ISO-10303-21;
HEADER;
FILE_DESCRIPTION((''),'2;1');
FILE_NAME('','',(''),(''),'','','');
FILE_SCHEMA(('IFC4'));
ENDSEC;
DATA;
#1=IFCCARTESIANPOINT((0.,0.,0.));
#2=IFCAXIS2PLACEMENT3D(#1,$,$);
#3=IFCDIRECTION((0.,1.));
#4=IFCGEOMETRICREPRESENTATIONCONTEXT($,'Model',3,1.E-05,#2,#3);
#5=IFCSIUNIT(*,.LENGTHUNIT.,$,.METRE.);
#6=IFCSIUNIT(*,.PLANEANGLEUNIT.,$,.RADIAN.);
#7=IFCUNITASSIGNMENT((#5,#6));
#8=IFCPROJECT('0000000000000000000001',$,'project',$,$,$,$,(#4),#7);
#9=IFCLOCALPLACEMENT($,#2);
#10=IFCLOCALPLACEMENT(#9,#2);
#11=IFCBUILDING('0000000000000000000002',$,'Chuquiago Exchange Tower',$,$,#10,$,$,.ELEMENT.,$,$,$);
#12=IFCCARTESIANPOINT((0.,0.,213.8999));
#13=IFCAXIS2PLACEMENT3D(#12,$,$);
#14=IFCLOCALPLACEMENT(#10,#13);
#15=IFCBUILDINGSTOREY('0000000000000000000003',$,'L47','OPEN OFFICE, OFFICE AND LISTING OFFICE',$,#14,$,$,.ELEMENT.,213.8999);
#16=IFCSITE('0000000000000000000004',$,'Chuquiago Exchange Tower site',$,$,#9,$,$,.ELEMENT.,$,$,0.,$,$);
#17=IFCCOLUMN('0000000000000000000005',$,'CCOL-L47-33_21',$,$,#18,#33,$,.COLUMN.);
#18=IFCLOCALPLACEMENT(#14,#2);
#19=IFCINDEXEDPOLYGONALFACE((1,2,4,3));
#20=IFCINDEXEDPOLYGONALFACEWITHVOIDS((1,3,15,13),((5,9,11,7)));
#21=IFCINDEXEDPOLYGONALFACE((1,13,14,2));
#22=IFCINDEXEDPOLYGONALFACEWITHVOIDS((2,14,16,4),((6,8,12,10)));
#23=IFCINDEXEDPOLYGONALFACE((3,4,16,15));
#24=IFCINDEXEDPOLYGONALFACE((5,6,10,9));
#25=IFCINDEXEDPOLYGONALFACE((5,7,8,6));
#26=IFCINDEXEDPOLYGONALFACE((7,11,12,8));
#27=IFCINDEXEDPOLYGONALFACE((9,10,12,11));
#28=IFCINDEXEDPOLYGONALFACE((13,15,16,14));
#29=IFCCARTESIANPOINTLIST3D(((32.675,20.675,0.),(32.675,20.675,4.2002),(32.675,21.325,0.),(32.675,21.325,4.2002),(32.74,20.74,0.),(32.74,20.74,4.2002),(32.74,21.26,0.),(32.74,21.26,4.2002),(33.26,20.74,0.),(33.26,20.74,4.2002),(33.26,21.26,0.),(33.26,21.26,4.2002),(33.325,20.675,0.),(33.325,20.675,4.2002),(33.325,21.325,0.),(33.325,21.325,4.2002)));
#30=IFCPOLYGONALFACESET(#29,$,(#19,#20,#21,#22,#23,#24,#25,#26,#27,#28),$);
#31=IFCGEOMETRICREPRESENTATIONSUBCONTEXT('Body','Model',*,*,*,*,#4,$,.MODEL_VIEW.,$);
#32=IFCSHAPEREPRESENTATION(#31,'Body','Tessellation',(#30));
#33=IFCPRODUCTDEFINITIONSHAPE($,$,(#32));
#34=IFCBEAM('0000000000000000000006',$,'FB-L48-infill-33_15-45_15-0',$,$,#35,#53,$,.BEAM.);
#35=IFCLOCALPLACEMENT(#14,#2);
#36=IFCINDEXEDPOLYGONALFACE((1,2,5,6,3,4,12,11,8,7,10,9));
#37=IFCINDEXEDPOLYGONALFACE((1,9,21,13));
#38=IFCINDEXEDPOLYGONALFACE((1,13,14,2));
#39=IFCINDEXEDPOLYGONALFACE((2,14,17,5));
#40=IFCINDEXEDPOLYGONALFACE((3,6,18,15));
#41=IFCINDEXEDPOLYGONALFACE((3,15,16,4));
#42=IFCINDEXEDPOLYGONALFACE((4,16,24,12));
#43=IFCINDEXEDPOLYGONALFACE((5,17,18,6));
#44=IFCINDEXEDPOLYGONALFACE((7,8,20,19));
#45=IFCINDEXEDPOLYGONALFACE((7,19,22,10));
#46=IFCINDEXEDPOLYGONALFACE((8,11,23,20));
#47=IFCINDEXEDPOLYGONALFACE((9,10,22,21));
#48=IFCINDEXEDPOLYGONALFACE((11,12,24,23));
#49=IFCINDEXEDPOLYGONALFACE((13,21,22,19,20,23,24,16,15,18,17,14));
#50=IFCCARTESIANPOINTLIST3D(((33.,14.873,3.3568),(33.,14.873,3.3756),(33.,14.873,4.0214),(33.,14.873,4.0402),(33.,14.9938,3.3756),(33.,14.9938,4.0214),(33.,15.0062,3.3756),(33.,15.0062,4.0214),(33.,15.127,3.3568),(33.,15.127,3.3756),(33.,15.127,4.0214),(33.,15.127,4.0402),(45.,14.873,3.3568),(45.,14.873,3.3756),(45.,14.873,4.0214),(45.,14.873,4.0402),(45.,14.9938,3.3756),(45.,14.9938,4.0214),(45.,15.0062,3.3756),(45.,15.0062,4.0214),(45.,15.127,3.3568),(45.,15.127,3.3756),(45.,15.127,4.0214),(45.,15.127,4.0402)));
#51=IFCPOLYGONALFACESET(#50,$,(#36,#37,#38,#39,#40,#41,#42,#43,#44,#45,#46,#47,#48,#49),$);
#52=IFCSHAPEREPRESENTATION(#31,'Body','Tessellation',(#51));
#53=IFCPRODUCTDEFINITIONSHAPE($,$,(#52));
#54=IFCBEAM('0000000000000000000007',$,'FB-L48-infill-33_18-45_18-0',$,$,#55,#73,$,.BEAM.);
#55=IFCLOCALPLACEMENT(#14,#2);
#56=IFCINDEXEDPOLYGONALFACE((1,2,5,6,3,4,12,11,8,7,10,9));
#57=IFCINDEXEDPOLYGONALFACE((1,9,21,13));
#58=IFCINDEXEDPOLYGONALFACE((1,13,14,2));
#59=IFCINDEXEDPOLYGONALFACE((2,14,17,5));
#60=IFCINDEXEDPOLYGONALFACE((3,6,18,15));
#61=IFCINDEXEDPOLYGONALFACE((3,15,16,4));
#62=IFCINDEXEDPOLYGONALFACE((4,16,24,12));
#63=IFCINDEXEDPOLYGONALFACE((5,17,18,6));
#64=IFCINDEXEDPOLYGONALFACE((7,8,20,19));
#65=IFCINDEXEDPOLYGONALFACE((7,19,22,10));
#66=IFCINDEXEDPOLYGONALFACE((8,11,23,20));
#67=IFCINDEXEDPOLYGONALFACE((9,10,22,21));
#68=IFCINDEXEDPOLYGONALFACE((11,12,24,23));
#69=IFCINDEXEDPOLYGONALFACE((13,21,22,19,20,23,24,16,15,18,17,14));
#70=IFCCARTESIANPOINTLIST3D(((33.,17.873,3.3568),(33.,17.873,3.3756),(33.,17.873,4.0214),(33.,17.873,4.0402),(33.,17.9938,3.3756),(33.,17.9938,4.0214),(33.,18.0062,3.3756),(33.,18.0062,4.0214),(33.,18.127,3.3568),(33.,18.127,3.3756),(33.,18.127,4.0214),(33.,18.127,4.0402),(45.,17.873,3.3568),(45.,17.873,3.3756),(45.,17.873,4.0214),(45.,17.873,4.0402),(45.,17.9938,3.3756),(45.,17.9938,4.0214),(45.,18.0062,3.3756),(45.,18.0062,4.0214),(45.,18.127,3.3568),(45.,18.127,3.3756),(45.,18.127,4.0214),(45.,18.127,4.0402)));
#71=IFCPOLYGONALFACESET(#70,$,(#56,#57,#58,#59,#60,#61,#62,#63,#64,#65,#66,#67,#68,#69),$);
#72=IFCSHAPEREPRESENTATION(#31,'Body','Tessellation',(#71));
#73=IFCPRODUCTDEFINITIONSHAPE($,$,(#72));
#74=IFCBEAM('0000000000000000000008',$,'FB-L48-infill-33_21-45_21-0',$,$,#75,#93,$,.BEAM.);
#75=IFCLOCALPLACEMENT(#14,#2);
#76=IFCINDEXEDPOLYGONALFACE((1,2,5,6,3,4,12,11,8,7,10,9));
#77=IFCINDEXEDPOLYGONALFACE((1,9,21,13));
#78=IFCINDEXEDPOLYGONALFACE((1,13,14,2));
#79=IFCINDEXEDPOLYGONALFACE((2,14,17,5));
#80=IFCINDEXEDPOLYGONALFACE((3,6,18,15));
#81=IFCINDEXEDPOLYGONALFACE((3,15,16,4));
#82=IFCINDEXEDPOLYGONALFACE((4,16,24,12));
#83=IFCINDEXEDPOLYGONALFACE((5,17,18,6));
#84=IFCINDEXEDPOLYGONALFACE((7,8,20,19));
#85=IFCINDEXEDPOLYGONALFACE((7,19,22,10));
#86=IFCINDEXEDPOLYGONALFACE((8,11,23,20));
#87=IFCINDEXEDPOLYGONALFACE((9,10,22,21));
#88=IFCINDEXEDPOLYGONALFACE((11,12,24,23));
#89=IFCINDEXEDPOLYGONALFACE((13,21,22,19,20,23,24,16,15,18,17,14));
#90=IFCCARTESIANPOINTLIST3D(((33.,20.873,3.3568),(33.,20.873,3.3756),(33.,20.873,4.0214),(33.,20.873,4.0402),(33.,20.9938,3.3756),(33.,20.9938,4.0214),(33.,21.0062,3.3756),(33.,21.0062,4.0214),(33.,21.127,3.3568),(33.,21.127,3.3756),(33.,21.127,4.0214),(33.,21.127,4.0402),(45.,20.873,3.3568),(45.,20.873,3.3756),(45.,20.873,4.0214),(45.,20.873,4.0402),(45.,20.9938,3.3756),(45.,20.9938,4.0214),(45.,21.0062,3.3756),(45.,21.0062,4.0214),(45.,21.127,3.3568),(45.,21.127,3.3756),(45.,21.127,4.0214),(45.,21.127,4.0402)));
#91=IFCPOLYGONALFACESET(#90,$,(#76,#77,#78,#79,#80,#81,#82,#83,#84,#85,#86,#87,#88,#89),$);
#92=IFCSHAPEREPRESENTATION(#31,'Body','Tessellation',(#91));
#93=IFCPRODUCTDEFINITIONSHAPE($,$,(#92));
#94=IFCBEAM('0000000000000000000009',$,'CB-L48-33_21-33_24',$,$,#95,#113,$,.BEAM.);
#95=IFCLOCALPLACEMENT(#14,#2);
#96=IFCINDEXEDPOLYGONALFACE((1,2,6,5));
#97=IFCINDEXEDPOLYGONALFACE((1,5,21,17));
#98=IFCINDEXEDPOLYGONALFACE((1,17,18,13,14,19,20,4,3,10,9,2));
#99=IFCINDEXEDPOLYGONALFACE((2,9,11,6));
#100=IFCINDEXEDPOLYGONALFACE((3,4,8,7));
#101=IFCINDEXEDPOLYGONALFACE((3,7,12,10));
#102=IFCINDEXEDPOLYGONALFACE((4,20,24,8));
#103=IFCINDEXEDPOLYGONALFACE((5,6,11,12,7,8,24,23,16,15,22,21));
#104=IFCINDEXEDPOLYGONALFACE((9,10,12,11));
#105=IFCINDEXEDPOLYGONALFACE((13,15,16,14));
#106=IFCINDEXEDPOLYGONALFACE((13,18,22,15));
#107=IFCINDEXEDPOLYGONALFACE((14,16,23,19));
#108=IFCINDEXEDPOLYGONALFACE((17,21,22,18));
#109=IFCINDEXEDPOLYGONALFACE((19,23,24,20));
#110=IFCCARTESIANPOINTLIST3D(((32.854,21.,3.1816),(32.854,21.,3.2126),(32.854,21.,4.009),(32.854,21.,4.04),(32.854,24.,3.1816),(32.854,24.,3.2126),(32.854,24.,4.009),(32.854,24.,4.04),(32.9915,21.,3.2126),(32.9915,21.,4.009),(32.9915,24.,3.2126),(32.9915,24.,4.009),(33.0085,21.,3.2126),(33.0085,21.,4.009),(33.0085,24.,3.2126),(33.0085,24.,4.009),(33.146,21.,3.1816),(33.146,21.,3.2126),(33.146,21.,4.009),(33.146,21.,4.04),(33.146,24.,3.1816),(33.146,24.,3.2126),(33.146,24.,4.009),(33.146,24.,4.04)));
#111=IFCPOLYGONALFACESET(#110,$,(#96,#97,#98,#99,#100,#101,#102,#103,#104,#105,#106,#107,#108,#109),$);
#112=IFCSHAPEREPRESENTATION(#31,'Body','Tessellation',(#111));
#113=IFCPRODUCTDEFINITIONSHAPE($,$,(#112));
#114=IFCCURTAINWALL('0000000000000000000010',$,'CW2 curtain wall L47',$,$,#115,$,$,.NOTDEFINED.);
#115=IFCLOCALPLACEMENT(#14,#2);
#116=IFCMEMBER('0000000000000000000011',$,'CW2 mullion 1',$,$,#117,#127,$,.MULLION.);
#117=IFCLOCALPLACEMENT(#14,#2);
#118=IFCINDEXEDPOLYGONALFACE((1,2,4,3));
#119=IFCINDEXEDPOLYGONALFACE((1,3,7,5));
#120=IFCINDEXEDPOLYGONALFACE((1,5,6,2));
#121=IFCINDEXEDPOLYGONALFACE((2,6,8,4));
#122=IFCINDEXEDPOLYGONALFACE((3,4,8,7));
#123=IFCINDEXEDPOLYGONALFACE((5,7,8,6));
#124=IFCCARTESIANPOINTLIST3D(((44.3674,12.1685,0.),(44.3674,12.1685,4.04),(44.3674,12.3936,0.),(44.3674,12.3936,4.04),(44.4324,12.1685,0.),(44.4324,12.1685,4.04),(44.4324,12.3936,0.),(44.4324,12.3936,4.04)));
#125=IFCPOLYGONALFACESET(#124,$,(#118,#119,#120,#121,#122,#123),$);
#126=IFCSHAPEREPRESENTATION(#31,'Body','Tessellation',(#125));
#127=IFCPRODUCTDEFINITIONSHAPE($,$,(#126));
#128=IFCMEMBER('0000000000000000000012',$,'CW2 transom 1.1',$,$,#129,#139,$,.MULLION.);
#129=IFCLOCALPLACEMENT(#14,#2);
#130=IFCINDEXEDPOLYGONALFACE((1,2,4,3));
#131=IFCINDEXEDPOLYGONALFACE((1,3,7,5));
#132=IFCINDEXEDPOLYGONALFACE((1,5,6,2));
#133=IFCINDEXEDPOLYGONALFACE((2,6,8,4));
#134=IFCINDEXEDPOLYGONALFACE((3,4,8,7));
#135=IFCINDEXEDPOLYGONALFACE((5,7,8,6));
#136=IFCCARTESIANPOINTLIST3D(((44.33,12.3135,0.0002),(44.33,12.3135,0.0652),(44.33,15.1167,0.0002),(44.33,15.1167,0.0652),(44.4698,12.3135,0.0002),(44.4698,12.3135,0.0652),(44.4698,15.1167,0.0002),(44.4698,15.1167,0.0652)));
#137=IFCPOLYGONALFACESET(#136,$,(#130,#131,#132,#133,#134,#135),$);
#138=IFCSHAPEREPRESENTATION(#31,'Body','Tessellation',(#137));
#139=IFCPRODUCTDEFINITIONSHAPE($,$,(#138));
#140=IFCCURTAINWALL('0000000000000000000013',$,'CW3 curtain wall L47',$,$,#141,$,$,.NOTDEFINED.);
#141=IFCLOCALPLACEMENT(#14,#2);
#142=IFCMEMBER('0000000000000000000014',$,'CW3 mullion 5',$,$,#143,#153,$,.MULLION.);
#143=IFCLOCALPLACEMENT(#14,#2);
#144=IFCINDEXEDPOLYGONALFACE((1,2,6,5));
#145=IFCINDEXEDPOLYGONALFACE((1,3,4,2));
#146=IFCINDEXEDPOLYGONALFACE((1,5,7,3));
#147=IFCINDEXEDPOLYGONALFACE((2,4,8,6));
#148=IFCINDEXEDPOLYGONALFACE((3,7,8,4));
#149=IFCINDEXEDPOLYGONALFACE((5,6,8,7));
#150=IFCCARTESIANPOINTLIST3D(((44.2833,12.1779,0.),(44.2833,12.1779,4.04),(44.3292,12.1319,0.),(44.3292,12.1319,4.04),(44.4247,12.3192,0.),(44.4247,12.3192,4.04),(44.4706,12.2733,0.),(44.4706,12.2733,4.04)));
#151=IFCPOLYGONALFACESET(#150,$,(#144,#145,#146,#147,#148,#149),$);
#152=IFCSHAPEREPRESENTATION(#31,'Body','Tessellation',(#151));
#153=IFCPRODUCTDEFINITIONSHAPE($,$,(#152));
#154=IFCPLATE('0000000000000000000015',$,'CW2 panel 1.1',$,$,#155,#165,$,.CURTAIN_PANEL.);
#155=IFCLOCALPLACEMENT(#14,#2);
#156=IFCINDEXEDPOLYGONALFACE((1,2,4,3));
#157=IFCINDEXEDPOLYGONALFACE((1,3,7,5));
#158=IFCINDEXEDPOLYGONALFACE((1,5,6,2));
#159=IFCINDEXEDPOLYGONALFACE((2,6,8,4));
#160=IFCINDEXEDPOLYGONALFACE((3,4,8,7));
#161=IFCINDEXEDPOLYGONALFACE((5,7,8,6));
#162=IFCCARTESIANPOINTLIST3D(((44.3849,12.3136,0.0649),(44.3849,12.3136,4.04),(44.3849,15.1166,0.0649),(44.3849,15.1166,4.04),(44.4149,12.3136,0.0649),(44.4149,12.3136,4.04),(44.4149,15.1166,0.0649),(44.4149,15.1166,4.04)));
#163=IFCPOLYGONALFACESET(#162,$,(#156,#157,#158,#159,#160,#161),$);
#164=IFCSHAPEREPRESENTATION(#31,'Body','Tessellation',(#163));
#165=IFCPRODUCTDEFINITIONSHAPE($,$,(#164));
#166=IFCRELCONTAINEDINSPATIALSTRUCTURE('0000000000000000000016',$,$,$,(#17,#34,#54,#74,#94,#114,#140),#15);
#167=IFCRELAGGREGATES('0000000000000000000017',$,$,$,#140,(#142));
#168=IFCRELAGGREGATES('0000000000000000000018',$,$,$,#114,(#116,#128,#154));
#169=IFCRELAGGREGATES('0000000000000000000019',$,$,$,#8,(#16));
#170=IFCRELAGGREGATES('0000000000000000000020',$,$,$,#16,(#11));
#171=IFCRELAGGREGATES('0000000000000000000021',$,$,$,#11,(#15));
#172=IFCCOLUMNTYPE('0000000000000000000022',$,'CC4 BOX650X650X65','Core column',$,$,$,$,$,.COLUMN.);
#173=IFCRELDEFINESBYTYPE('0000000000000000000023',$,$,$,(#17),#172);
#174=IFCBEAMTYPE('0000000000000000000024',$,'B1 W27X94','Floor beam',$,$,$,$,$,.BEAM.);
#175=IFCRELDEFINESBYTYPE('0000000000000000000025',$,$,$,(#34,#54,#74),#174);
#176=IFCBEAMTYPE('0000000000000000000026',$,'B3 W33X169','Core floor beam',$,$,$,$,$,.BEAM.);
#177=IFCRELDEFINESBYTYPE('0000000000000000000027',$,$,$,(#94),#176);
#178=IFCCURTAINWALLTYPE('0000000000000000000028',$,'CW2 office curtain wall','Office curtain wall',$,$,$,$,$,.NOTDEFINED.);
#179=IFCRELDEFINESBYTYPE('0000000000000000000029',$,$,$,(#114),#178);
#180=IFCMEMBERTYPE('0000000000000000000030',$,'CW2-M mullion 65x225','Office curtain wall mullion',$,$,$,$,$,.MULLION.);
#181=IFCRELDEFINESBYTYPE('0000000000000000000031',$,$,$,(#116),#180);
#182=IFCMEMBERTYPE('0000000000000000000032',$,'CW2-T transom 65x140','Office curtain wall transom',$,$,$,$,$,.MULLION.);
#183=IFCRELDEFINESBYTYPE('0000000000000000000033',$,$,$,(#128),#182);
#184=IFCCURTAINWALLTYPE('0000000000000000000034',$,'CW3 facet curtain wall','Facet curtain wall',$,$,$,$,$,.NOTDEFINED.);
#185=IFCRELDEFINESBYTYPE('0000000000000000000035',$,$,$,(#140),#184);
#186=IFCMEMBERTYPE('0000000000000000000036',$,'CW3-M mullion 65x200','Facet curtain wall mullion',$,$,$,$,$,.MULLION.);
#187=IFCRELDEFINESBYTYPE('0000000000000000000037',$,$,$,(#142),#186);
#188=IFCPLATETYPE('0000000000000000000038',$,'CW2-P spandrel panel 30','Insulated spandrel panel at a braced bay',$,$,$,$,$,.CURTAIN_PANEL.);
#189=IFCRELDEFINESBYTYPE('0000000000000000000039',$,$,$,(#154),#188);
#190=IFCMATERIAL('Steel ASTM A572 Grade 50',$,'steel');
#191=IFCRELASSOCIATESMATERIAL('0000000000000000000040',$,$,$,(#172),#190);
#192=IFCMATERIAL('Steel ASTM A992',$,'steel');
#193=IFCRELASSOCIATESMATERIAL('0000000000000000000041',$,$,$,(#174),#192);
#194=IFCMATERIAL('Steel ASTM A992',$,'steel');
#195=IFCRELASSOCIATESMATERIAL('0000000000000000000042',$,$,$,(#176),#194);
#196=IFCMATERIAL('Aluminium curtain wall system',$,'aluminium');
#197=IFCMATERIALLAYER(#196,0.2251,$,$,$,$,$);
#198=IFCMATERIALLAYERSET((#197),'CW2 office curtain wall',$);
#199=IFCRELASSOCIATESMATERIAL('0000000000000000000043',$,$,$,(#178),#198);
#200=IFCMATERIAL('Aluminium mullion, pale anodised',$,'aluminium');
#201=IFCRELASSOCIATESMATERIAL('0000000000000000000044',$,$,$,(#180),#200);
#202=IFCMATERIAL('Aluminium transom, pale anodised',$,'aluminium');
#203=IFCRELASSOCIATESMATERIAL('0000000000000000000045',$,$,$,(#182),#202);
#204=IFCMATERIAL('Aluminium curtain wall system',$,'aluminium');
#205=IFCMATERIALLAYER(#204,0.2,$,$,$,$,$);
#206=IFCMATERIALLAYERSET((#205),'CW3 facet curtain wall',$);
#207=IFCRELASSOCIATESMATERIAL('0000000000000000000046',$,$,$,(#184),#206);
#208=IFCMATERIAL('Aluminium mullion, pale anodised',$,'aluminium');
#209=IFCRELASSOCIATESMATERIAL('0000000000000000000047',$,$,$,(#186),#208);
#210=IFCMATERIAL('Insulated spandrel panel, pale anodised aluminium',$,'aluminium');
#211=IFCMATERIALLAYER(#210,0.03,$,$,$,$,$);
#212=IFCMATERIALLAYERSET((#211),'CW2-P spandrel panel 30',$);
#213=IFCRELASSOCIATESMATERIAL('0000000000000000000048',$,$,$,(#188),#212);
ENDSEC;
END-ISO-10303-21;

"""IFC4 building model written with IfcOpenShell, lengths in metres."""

from ifc_helpers import new_model, si_unit, direction, frame, origin, origin_2d, place, context, subcontext, project, spatial, rectangle, hollow_rectangle, i_section, extrude, material, layer, layer_set, material_profile, profile_set, type_object, element, aggregate, save


model = new_model("IFC4")

# Units and contexts
model_context = context("Model", 3, precision=1e-05, world=origin(), true_north=direction((0.0, 1.0)))
body_context = subcontext(model_context, "Body", "Model", "MODEL_VIEW")
ifc_project = project(units=[si_unit("LENGTHUNIT", "METRE"), si_unit("PLANEANGLEUNIT", "RADIAN")], contexts=[model_context])

# Site, building, storey
site_placement = place(None, origin())
site = spatial("IfcSite", under=ifc_project, at=site_placement, Name="Chuquiago Exchange Tower site", CompositionType="ELEMENT", RefElevation=0.0)
building_placement = place(site_placement, origin())
building = spatial("IfcBuilding", under=site, at=building_placement, Name="Chuquiago Exchange Tower", CompositionType="ELEMENT")
storey_placement = place(building_placement, frame((0.0, 0.0, 213.8999)))
storey = spatial("IfcBuildingStorey", under=building, at=storey_placement, Name="L47", Description="OPEN OFFICE, OFFICE AND LISTING OFFICE", CompositionType="ELEMENT", Elevation=213.8999)

# Column
ifc_material_1 = material(Name="Steel ASTM A572 Grade 50", Category="steel")
ifc_material_profile_1 = material_profile(ifc_material_1, hollow_rectangle(XDim=0.6499, YDim=0.6499, WallThickness=0.0649, at=origin_2d()), Name="BOX650X650X65")
ifc_profile_set_1 = profile_set([ifc_material_profile_1], Name="Steel ASTM A572 Grade 50")
column_type = type_object("IfcColumnType", Name="CC4 BOX650X650X65", Description="Core column", PredefinedType="COLUMN", material=ifc_profile_set_1)
column_placement = place(storey_placement, frame((33.0, 21.0, 0.0), z_axis=(0.0, 0.0, 1.0), x_axis=(1.0, 0.0, 0.0)))
element("IfcColumn", 1, at=column_placement, inside=storey, type_object=column_type, Name="CCOL-L47-33_21", PredefinedType="COLUMN", context=body_context, shape_type="SweptSolid", body=[
    extrude(hollow_rectangle(XDim=0.6499, YDim=0.6499, WallThickness=0.0649, at=origin_2d()), origin(), (0.0, 0.0, 1.0), 4.2002),
])

# Beams
ifc_material_2 = material(Name="Steel ASTM A992", Category="steel")
ifc_material_profile_2 = material_profile(ifc_material_2, i_section(OverallWidth=0.2539, OverallDepth=0.6833, WebThickness=0.0125, FlangeThickness=0.0188, at=origin_2d()), Name="W27X94")
ifc_profile_set_2 = profile_set([ifc_material_profile_2], Name="Steel ASTM A992")
beam_type_1 = type_object("IfcBeamType", Name="B1 W27X94", Description="Floor beam", PredefinedType="BEAM", material=ifc_profile_set_2)
for number, where, z_axis, x_axis, name in (
    (2, (33.0, 15.0, 3.6985), (1.0, 0.0, 0.0), (0.0, 1.0, 0.0), "FB-L48-infill-33_15-45_15-0"),
    (3, (33.0, 18.0, 3.6985), (1.0, 0.0, 0.0), (0.0, 1.0, 0.0), "FB-L48-infill-33_18-45_18-0"),
    (4, (33.0, 21.0, 3.6985), (1.0, 0.0, 0.0), (0.0, 1.0, 0.0), "FB-L48-infill-33_21-45_21-0"),
):
    element("IfcBeam", number, at=place(storey_placement, frame(where, z_axis=z_axis, x_axis=x_axis)), inside=storey, type_object=beam_type_1, Name=name, PredefinedType="BEAM", context=body_context, shape_type="SweptSolid", body=[
        extrude(i_section(OverallWidth=0.2539, OverallDepth=0.6833, WebThickness=0.0125, FlangeThickness=0.0188, at=origin_2d()), origin(), (0.0, 0.0, 1.0), 12.0),
    ])
ifc_material_3 = material(Name="Steel ASTM A992", Category="steel")
ifc_material_profile_3 = material_profile(ifc_material_3, i_section(OverallWidth=0.292, OverallDepth=0.8584, WebThickness=0.0171, FlangeThickness=0.031, at=origin_2d()), Name="W33X169")
ifc_profile_set_3 = profile_set([ifc_material_profile_3], Name="Steel ASTM A992")
beam_type_2 = type_object("IfcBeamType", Name="B3 W33X169", Description="Core floor beam", PredefinedType="BEAM", material=ifc_profile_set_3)
beam_placement = place(storey_placement, frame((33.0, 21.0, 3.6108), z_axis=(0.0, 1.0, 0.0), x_axis=(-1.0, 0.0, 0.0)))
element("IfcBeam", 5, at=beam_placement, inside=storey, type_object=beam_type_2, Name="CB-L48-33_21-33_24", PredefinedType="BEAM", context=body_context, shape_type="SweptSolid", body=[
    extrude(i_section(OverallWidth=0.292, OverallDepth=0.8584, WebThickness=0.0171, FlangeThickness=0.031, at=origin_2d()), origin(), (0.0, 0.0, 1.0), 3.0),
])

# Curtain wall, members
ifc_material_4 = material(Name="Aluminium curtain wall system", Category="aluminium")
ifc_layer_1 = layer(ifc_material_4, 0.2251)
ifc_layer_set_1 = layer_set([ifc_layer_1], Name="CW2 office curtain wall")
curtain_wall_type_1 = type_object("IfcCurtainWallType", Name="CW2 office curtain wall", Description="Office curtain wall", PredefinedType="NOTDEFINED", material=ifc_layer_set_1)
curtain_wall_1_placement = place(storey_placement, origin())
curtain_wall_1 = element("IfcCurtainWall", 6, at=curtain_wall_1_placement, inside=storey, type_object=curtain_wall_type_1, Name="CW2 curtain wall L47", PredefinedType="NOTDEFINED")
ifc_material_5 = material(Name="Aluminium mullion, pale anodised", Category="aluminium")
ifc_material_profile_4 = material_profile(ifc_material_5, rectangle(XDim=0.0649, YDim=0.2251, at=origin_2d()), Name="AL 65x225")
ifc_profile_set_4 = profile_set([ifc_material_profile_4], Name="Aluminium mullion, pale anodised")
member_type_1 = type_object("IfcMemberType", Name="CW2-M mullion 65x225", Description="Office curtain wall mullion", PredefinedType="MULLION", material=ifc_profile_set_4)
member_1_placement = place(storey_placement, frame((44.3999, 12.281, 0.0), z_axis=(0.0, 0.0, 1.0), x_axis=(-1.0, 0.0, 0.0)))
member_1 = element("IfcMember", 7, at=member_1_placement, type_object=member_type_1, Name="CW2 mullion 1", PredefinedType="MULLION", context=body_context, shape_type="SweptSolid", body=[
    extrude(rectangle(XDim=0.0649, YDim=0.2251, at=origin_2d()), origin(), (0.0, 0.0, 1.0), 4.04),
])
ifc_material_6 = material(Name="Aluminium transom, pale anodised", Category="aluminium")
ifc_material_profile_5 = material_profile(ifc_material_6, rectangle(XDim=0.1399, YDim=0.0649, at=origin_2d()), Name="AL 140x65")
ifc_profile_set_5 = profile_set([ifc_material_profile_5], Name="Aluminium transom, pale anodised")
member_type_2 = type_object("IfcMemberType", Name="CW2-T transom 65x140", Description="Office curtain wall transom", PredefinedType="MULLION", material=ifc_profile_set_5)
member_2_placement = place(storey_placement, frame((44.3999, 12.3135, 0.0327), z_axis=(0.0, 1.0, 0.0), x_axis=(-1.0, 0.0, 0.0)))
member_2 = element("IfcMember", 8, at=member_2_placement, type_object=member_type_2, Name="CW2 transom 1.1", PredefinedType="MULLION", context=body_context, shape_type="SweptSolid", body=[
    extrude(rectangle(XDim=0.1399, YDim=0.0649, at=origin_2d()), origin(), (0.0, 0.0, 1.0), 2.8032),
])

# Curtain wall, member
ifc_material_7 = material(Name="Aluminium curtain wall system", Category="aluminium")
ifc_layer_2 = layer(ifc_material_7, 0.2)
ifc_layer_set_2 = layer_set([ifc_layer_2], Name="CW3 facet curtain wall")
curtain_wall_type_2 = type_object("IfcCurtainWallType", Name="CW3 facet curtain wall", Description="Facet curtain wall", PredefinedType="NOTDEFINED", material=ifc_layer_set_2)
curtain_wall_2_placement = place(storey_placement, origin())
curtain_wall_2 = element("IfcCurtainWall", 9, at=curtain_wall_2_placement, inside=storey, type_object=curtain_wall_type_2, Name="CW3 curtain wall L47", PredefinedType="NOTDEFINED")
ifc_material_8 = material(Name="Aluminium mullion, pale anodised", Category="aluminium")
ifc_material_profile_6 = material_profile(ifc_material_8, rectangle(XDim=0.0649, YDim=0.2, at=origin_2d()), Name="AL 65x200")
ifc_profile_set_6 = profile_set([ifc_material_profile_6], Name="Aluminium mullion, pale anodised")
member_type_3 = type_object("IfcMemberType", Name="CW3-M mullion 65x200", Description="Facet curtain wall mullion", PredefinedType="MULLION", material=ifc_profile_set_6)
member_3_placement = place(storey_placement, frame((44.377, 12.2256, 0.0), z_axis=(0.0, 0.0, 1.0), x_axis=(-0.707107, 0.707107, 0.0)))
member_3 = element("IfcMember", 10, at=member_3_placement, type_object=member_type_3, Name="CW3 mullion 5", PredefinedType="MULLION", context=body_context, shape_type="SweptSolid", body=[
    extrude(rectangle(XDim=0.0649, YDim=0.2, at=origin_2d()), origin(), (0.0, 0.0, 1.0), 4.04),
])
aggregate(curtain_wall_2, [member_3])

# Plate
ifc_material_9 = material(Name="Insulated spandrel panel, pale anodised aluminium", Category="aluminium")
ifc_layer_3 = layer(ifc_material_9, 0.03)
ifc_layer_set_3 = layer_set([ifc_layer_3], Name="CW2-P spandrel panel 30")
plate_type = type_object("IfcPlateType", Name="CW2-P spandrel panel 30", Description="Insulated spandrel panel at a braced bay", PredefinedType="CURTAIN_PANEL", material=ifc_layer_set_3)
plate_placement = place(storey_placement, frame((44.3999, 13.7151, 0.0649), z_axis=(0.0, 0.0, 1.0), x_axis=(0.0, 1.0, 0.0)))
plate = element("IfcPlate", 11, at=plate_placement, type_object=plate_type, Name="CW2 panel 1.1", PredefinedType="CURTAIN_PANEL", context=body_context, shape_type="SweptSolid", body=[
    extrude(rectangle(XDim=2.803, YDim=0.03, at=origin_2d()), origin(), (0.0, 0.0, 1.0), 3.9751),
])
aggregate(curtain_wall_1, [member_1, member_2, plate])

save(model, "model.ifc")
